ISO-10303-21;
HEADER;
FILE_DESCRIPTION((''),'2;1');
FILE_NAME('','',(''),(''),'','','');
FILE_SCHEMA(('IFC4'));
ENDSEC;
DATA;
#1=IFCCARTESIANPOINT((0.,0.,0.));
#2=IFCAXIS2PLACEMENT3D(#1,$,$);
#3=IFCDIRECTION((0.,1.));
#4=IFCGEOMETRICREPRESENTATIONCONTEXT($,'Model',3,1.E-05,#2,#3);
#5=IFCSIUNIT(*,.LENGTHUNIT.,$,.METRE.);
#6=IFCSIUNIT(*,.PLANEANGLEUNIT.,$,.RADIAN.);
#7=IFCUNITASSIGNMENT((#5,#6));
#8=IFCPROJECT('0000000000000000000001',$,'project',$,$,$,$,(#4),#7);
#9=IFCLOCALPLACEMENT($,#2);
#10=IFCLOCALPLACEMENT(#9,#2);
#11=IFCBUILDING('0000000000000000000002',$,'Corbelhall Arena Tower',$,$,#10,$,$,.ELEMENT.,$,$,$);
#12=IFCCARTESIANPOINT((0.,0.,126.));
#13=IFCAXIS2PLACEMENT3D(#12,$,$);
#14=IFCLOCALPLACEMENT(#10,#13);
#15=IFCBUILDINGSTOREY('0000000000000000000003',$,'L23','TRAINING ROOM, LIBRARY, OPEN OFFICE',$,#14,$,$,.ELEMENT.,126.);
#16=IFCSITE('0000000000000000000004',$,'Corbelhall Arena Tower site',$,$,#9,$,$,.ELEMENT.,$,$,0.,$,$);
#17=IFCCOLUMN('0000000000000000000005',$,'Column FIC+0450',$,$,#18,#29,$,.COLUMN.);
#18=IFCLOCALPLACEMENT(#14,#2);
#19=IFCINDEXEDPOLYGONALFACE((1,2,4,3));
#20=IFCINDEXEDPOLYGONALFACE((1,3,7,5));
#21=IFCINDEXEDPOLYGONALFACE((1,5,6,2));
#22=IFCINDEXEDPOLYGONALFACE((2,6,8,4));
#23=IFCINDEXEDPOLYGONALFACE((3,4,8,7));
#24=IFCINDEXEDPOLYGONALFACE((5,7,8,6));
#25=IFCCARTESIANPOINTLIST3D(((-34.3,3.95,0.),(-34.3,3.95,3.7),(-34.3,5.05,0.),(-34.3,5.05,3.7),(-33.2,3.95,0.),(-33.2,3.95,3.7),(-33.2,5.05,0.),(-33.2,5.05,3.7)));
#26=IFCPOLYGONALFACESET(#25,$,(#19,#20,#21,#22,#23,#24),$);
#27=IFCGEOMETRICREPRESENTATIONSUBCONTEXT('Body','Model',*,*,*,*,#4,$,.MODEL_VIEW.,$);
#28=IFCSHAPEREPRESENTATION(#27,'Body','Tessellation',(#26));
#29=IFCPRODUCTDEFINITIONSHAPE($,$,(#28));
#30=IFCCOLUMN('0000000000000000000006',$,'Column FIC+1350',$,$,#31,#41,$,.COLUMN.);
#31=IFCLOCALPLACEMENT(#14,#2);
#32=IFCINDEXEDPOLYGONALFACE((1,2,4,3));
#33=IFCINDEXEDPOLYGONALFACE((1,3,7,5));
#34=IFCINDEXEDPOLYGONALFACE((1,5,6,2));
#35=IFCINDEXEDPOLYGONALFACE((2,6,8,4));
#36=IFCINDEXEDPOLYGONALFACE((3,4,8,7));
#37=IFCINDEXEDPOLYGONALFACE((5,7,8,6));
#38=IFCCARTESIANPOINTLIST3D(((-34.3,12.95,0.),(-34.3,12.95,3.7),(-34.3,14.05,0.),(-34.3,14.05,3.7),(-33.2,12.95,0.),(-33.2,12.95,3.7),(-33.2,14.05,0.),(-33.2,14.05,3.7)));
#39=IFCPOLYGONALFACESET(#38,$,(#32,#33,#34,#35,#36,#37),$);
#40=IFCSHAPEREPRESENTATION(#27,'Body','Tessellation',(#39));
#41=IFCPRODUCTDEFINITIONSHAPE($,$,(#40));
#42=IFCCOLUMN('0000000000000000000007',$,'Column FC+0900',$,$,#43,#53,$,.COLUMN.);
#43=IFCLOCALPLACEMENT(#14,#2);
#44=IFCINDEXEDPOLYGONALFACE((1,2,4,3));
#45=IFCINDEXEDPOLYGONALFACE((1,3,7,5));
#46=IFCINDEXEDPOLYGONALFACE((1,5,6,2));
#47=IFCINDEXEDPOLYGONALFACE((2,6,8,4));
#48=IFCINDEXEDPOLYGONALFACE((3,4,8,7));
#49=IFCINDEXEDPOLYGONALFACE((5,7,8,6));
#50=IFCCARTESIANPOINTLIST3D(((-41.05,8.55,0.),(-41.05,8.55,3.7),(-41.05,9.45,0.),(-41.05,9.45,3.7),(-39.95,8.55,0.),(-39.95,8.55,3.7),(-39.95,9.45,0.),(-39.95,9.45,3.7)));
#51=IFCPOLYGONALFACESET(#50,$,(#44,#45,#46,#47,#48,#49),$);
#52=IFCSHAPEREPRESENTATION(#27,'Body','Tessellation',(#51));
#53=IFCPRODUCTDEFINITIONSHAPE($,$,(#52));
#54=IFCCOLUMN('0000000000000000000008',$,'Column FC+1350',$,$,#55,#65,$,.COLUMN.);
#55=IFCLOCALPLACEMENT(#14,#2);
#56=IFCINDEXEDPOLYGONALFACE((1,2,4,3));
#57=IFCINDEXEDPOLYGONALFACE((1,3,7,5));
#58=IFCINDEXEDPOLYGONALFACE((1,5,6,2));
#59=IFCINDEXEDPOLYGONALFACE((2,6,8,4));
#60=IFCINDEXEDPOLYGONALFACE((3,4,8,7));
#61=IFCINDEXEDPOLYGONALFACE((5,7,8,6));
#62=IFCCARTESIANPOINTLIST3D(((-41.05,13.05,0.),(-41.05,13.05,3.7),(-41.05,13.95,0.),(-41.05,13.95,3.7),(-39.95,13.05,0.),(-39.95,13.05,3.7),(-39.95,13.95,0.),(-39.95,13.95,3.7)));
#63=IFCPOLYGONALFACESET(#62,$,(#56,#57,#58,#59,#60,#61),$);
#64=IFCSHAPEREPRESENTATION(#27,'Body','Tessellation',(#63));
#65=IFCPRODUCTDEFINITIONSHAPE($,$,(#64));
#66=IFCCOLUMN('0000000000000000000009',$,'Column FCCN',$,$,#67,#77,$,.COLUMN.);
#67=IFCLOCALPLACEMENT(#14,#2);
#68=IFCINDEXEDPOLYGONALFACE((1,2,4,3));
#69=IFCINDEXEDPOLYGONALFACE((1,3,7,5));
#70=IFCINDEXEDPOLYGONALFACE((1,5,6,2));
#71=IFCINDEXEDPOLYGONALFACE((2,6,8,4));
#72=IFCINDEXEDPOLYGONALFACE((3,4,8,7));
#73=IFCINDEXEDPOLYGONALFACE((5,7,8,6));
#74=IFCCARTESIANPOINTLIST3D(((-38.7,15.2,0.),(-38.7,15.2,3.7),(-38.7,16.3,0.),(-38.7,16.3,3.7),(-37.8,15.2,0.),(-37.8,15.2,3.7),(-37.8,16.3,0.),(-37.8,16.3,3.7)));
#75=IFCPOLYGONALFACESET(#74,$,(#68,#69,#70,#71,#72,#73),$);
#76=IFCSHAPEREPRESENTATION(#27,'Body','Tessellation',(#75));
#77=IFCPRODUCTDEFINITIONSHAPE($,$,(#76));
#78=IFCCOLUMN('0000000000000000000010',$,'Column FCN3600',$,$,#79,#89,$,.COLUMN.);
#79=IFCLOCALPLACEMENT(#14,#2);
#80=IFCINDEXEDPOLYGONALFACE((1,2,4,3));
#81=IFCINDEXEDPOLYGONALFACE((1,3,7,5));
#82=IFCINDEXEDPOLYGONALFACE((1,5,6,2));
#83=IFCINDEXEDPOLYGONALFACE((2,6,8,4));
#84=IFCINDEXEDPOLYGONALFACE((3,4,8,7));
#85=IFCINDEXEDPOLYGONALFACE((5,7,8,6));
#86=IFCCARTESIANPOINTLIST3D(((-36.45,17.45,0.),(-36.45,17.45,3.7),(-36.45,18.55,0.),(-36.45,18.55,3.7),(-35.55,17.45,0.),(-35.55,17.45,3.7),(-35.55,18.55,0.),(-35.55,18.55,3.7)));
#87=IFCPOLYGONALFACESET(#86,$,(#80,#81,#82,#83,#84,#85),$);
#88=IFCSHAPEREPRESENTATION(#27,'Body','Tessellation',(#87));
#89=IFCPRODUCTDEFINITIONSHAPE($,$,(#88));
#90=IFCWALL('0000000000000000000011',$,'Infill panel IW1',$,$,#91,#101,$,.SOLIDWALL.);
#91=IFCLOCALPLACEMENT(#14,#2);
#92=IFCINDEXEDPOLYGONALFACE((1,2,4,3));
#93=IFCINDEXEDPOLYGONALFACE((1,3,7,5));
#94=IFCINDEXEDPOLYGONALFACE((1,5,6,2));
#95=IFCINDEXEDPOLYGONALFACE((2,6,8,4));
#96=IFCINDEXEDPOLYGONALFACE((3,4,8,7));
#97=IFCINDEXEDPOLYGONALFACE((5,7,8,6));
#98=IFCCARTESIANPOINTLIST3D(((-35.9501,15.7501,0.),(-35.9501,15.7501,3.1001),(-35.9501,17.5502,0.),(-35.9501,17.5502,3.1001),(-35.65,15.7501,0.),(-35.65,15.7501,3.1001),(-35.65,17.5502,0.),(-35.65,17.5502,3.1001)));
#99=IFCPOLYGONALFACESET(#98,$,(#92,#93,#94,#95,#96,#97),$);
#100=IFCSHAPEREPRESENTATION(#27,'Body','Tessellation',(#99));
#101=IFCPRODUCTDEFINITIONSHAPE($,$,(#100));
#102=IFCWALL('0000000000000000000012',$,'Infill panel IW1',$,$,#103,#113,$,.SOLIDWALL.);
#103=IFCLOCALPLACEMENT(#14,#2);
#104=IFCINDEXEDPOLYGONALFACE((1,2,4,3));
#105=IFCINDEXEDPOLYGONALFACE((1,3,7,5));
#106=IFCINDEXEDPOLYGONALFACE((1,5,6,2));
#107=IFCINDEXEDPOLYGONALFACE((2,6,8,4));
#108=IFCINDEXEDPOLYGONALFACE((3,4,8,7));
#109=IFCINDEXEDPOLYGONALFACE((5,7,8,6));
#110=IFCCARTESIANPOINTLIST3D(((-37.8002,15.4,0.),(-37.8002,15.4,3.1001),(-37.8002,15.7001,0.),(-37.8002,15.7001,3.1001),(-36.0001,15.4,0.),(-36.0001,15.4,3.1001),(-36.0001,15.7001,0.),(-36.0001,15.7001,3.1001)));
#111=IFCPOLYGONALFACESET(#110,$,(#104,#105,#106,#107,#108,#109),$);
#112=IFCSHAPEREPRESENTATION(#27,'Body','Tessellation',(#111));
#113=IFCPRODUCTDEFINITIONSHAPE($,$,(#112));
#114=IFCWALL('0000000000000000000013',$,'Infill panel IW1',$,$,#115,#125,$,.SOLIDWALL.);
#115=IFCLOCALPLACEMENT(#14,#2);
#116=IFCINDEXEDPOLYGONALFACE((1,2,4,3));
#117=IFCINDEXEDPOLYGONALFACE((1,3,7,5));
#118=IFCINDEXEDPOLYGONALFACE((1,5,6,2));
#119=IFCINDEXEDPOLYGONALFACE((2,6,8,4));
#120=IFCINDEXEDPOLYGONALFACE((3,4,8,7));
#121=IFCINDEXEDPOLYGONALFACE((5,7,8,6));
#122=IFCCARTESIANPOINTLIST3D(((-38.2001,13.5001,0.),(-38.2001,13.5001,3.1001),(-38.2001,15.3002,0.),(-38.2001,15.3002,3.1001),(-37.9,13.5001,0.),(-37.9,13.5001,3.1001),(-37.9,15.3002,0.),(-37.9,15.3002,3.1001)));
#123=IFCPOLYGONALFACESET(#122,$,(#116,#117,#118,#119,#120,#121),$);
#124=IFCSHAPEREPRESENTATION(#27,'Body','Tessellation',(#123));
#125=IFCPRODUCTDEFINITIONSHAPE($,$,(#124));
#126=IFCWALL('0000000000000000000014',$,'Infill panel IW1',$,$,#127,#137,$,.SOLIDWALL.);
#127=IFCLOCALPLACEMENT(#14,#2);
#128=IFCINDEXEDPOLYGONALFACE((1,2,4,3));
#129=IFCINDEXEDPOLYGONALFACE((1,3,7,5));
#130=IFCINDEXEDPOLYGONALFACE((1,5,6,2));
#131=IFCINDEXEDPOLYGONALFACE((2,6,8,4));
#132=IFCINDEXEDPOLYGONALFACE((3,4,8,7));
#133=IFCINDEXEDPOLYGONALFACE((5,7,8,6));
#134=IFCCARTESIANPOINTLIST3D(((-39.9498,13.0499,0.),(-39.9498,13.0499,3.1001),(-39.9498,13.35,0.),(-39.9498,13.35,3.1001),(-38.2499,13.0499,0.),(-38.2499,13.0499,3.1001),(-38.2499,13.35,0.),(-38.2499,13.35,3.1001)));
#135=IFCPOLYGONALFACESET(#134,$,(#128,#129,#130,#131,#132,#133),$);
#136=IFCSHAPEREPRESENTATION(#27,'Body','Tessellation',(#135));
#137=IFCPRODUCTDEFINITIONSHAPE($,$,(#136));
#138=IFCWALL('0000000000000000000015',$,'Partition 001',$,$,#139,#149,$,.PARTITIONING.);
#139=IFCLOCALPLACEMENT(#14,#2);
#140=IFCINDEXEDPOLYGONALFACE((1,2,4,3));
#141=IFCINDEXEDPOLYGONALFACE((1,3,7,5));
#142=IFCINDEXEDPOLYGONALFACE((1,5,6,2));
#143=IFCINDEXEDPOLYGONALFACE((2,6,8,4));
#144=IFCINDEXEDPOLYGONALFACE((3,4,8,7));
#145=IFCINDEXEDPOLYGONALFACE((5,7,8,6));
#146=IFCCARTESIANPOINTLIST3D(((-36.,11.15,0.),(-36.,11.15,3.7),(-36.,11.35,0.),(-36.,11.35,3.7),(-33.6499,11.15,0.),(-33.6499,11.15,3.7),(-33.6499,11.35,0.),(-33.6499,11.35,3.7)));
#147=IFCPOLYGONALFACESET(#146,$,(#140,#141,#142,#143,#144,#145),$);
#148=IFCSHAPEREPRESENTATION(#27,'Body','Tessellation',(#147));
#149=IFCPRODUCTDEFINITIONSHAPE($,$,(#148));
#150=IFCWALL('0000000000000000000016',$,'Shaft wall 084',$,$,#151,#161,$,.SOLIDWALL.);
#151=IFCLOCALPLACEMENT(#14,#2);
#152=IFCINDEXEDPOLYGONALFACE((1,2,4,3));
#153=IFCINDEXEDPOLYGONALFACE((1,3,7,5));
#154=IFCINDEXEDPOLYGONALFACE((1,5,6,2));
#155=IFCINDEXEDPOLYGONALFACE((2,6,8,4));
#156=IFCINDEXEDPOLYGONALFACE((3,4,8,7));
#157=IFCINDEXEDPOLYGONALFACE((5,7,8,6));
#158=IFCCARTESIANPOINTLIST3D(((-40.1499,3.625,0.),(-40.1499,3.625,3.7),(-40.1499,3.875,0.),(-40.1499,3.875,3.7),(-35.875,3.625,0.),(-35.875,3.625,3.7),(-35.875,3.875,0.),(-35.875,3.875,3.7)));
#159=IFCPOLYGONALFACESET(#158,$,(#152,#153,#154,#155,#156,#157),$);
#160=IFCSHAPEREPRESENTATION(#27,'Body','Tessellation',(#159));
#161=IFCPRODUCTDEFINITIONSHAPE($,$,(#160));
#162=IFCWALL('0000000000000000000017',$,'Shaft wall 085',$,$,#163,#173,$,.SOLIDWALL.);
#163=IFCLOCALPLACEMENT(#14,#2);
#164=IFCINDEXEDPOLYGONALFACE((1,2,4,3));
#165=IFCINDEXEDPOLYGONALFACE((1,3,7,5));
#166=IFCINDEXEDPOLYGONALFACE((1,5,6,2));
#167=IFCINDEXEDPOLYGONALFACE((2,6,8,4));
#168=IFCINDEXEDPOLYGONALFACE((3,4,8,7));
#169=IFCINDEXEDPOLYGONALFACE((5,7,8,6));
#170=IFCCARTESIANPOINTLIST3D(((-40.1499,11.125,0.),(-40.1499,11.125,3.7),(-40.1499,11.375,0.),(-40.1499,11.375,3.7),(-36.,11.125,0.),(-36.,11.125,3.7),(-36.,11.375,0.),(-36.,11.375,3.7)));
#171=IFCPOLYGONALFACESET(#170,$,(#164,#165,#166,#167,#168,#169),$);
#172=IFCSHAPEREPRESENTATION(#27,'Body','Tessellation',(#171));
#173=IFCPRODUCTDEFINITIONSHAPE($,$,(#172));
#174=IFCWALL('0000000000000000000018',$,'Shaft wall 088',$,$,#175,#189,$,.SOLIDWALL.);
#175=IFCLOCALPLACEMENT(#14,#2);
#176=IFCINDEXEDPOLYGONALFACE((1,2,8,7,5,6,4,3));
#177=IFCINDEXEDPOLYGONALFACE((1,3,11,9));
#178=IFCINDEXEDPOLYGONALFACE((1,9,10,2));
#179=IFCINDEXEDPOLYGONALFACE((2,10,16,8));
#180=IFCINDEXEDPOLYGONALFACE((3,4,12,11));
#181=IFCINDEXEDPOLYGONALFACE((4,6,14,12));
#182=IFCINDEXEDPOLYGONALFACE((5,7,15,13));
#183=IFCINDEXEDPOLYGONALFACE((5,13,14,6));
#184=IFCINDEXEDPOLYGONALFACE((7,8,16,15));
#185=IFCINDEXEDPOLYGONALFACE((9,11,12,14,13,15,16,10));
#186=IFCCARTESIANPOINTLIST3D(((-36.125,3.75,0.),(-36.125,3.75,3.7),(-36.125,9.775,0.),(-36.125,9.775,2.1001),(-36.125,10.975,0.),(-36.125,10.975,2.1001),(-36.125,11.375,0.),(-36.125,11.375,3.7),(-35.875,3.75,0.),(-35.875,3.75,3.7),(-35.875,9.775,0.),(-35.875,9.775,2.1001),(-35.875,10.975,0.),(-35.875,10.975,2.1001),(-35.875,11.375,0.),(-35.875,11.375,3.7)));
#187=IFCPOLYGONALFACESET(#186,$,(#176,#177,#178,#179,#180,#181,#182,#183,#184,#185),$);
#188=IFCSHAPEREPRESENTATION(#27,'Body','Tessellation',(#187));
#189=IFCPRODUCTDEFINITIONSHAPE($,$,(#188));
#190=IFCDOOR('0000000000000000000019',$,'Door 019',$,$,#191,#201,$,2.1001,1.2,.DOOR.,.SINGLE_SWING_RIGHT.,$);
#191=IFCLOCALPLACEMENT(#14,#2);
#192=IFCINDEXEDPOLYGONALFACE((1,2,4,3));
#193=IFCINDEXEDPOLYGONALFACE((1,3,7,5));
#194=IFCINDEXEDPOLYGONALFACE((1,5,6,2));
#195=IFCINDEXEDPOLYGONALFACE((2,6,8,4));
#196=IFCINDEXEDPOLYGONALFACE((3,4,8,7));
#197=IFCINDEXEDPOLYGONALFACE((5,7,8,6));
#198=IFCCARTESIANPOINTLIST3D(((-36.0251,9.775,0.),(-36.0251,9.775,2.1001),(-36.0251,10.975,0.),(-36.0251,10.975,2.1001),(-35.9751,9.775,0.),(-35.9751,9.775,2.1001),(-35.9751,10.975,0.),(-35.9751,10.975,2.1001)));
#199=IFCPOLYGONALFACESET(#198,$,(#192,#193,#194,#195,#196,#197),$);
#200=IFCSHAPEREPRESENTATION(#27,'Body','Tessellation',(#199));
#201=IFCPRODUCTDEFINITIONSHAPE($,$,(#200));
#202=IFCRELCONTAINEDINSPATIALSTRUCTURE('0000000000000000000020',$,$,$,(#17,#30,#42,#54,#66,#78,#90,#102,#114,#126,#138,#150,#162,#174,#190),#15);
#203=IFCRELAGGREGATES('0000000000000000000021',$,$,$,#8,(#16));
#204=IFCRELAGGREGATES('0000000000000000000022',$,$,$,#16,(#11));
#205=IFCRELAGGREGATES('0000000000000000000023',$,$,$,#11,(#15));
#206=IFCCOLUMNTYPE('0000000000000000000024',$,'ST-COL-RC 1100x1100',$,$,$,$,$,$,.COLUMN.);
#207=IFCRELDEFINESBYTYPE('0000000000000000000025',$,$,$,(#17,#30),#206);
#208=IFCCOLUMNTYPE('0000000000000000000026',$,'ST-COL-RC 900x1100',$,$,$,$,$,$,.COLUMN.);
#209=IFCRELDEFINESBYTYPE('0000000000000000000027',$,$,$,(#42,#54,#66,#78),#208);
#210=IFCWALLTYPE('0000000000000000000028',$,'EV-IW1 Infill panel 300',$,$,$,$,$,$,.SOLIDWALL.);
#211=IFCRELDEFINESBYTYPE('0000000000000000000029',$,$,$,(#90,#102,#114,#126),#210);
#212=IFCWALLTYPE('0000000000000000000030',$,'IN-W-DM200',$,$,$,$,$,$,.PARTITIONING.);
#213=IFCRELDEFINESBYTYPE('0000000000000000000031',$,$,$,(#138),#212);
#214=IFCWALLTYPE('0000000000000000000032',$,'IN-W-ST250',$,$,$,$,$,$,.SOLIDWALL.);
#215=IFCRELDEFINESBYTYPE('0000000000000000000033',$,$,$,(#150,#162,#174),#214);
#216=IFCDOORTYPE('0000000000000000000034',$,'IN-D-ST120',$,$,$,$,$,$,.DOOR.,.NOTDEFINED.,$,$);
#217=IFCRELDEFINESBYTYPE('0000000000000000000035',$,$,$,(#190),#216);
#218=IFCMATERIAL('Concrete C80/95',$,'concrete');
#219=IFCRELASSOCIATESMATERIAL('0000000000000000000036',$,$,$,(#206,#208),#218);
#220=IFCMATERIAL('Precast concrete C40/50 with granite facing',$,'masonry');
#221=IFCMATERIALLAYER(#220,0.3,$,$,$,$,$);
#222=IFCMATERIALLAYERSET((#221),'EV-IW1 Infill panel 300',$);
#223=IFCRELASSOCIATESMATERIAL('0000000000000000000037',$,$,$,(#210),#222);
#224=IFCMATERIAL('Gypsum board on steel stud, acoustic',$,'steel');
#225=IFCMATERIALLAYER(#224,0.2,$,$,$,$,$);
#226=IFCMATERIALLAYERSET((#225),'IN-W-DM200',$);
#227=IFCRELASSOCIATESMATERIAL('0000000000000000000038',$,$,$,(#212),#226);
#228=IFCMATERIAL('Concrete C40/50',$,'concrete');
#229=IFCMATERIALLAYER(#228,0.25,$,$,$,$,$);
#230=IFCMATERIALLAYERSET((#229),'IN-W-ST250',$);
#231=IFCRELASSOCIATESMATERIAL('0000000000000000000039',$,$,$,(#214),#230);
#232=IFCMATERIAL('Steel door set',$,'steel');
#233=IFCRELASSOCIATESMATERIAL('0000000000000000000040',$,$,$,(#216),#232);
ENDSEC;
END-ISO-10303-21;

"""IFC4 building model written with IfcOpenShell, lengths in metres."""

from ifc_helpers import new_model, si_unit, direction, frame, frame_2d, origin, origin_2d, place, context, subcontext, project, spatial, rectangle, extrude, material, layer, layer_set, material_profile, profile_set, type_object, element, fill, save


model = new_model("IFC4")

# Units and contexts
model_context = context("Model", 3, precision=1e-05, world=origin(), true_north=direction((0.0, 1.0)))
body_context = subcontext(model_context, "Body", "Model", "MODEL_VIEW")
ifc_project = project(units=[si_unit("LENGTHUNIT", "METRE"), si_unit("PLANEANGLEUNIT", "RADIAN")], contexts=[model_context])

# Site, building, storey
site_placement = place(None, origin())
site = spatial("IfcSite", under=ifc_project, at=site_placement, Name="Corbelhall Arena Tower site", CompositionType="ELEMENT", RefElevation=0.0)
building_placement = place(site_placement, origin())
building = spatial("IfcBuilding", under=site, at=building_placement, Name="Corbelhall Arena Tower", CompositionType="ELEMENT")
storey_placement = place(building_placement, frame((0.0, 0.0, 126.0)))
storey = spatial("IfcBuildingStorey", under=building, at=storey_placement, Name="L23", Description="TRAINING ROOM, LIBRARY, OPEN OFFICE", CompositionType="ELEMENT", Elevation=126.0)

# Columns
ifc_material_1 = material(Name="Concrete C80/95", Category="concrete")
ifc_material_profile_1 = material_profile(ifc_material_1, rectangle(XDim=1.1001, YDim=1.1001, at=origin_2d()))
ifc_profile_set_1 = profile_set([ifc_material_profile_1], Name="Concrete C80/95")
column_type_1 = type_object("IfcColumnType", Name="ST-COL-RC 1100x1100", PredefinedType="COLUMN", material=ifc_profile_set_1)
for number, where, z_axis, x_axis, name in (
    (1, (-33.75, 4.5, 0.0), (0.0, 0.0, 1.0), (1.0, 0.0, 0.0), "Column FIC+0450"),
    (2, (-33.75, 13.5, 0.0), (0.0, 0.0, 1.0), (1.0, 0.0, 0.0), "Column FIC+1350"),
):
    element("IfcColumn", number, at=place(storey_placement, frame(where, z_axis=z_axis, x_axis=x_axis)), inside=storey, type_object=column_type_1, Name=name, PredefinedType="COLUMN", context=body_context, shape_type="SweptSolid", body=[
        extrude(rectangle(XDim=1.1001, YDim=1.1001, at=origin_2d()), origin(), (0.0, 0.0, 1.0), 3.7),
    ])
ifc_material_profile_2 = material_profile(ifc_material_1, rectangle(XDim=0.8999, YDim=1.1001, at=origin_2d()))
ifc_profile_set_2 = profile_set([ifc_material_profile_2], Name="Concrete C80/95")
column_type_2 = type_object("IfcColumnType", Name="ST-COL-RC 900x1100", PredefinedType="COLUMN", material=ifc_profile_set_2)
for number, where, z_axis, x_axis, name in (
    (3, (-40.5, 9.0, 0.0), (0.0, 0.0, 1.0), (0.0, 1.0, 0.0), "Column FC+0900"),
    (4, (-40.5, 13.5, 0.0), (0.0, 0.0, 1.0), (0.0, 1.0, 0.0), "Column FC+1350"),
    (5, (-38.25, 15.75, 0.0), (0.0, 0.0, 1.0), (1.0, 0.0, 0.0), "Column FCCN"),
    (6, (-36.0, 18.0, 0.0), (0.0, 0.0, 1.0), (1.0, 0.0, 0.0), "Column FCN3600"),
):
    element("IfcColumn", number, at=place(storey_placement, frame(where, z_axis=z_axis, x_axis=x_axis)), inside=storey, type_object=column_type_2, Name=name, PredefinedType="COLUMN", context=body_context, shape_type="SweptSolid", body=[
        extrude(rectangle(XDim=0.8999, YDim=1.1001, at=origin_2d()), origin(), (0.0, 0.0, 1.0), 3.7),
    ])

# Walls
ifc_material_2 = material(Name="Precast concrete C40/50 with granite facing", Category="masonry")
ifc_layer_1 = layer(ifc_material_2, 0.3)
ifc_layer_set_1 = layer_set([ifc_layer_1], Name="EV-IW1 Infill panel 300")
wall_type_1 = type_object("IfcWallType", Name="EV-IW1 Infill panel 300", PredefinedType="SOLIDWALL", material=ifc_layer_set_1)
for number, where, z_axis, x_axis, name in (
    (7, (-35.8, 17.55, 0.0), (0.0, 0.0, 1.0), (0.0, -1.0, 0.0), "Infill panel IW1"),
    (8, (-37.8, 15.55, 0.0), (0.0, 0.0, 1.0), (1.0, 0.0, 0.0), "Infill panel IW1"),
    (9, (-38.05, 15.3, 0.0), (0.0, 0.0, 1.0), (0.0, -1.0, 0.0), "Infill panel IW1"),
):
    element("IfcWall", number, at=place(storey_placement, frame(where, z_axis=z_axis, x_axis=x_axis)), inside=storey, type_object=wall_type_1, Name=name, PredefinedType="SOLIDWALL", context=body_context, shape_type="SweptSolid", body=[
        extrude(rectangle(XDim=1.8, YDim=0.3, at=frame_2d((0.8999, 0.0))), origin(), (0.0, 0.0, 1.0), 3.1001),
    ])
wall_1_placement = place(storey_placement, frame((-39.95, 13.2, 0.0), z_axis=(0.0, 0.0, 1.0), x_axis=(1.0, 0.0, 0.0)))
element("IfcWall", 10, at=wall_1_placement, inside=storey, type_object=wall_type_1, Name="Infill panel IW1", PredefinedType="SOLIDWALL", context=body_context, shape_type="SweptSolid", body=[
    extrude(rectangle(XDim=1.7, YDim=0.3, at=frame_2d((0.8501, 0.0))), origin(), (0.0, 0.0, 1.0), 3.1001),
])

# Wall
ifc_material_3 = material(Name="Gypsum board on steel stud, acoustic", Category="steel")
ifc_layer_2 = layer(ifc_material_3, 0.2)
ifc_layer_set_2 = layer_set([ifc_layer_2], Name="IN-W-DM200")
wall_type_2 = type_object("IfcWallType", Name="IN-W-DM200", PredefinedType="PARTITIONING", material=ifc_layer_set_2)
wall_2_placement = place(storey_placement, frame((-36.0, 11.25, 0.0), z_axis=(0.0, 0.0, 1.0), x_axis=(1.0, 0.0, 0.0)))
element("IfcWall", 11, at=wall_2_placement, inside=storey, type_object=wall_type_2, Name="Partition 001", PredefinedType="PARTITIONING", context=body_context, shape_type="SweptSolid", body=[
    extrude(rectangle(XDim=2.3501, YDim=0.2, at=frame_2d((1.175, 0.0))), origin(), (0.0, 0.0, 1.0), 3.7),
])

# Shared definitions
ifc_material_4 = material(Name="Steel door set", Category="steel")

# Walls
ifc_material_5 = material(Name="Concrete C40/50", Category="concrete")
ifc_layer_3 = layer(ifc_material_5, 0.25)
ifc_layer_set_3 = layer_set([ifc_layer_3], Name="IN-W-ST250")
wall_type_3 = type_object("IfcWallType", Name="IN-W-ST250", PredefinedType="SOLIDWALL", material=ifc_layer_set_3)
wall_3_placement = place(storey_placement, frame((-40.1499, 3.75, 0.0), z_axis=(0.0, 0.0, 1.0), x_axis=(1.0, 0.0, 0.0)))
element("IfcWall", 12, at=wall_3_placement, inside=storey, type_object=wall_type_3, Name="Shaft wall 084", PredefinedType="SOLIDWALL", context=body_context, shape_type="SweptSolid", body=[
    extrude(rectangle(XDim=4.2749, YDim=0.25, at=frame_2d((2.1375, 0.0))), origin(), (0.0, 0.0, 1.0), 3.7),
])
wall_4_placement = place(storey_placement, frame((-40.1499, 11.25, 0.0), z_axis=(0.0, 0.0, 1.0), x_axis=(1.0, 0.0, 0.0)))
element("IfcWall", 13, at=wall_4_placement, inside=storey, type_object=wall_type_3, Name="Shaft wall 085", PredefinedType="SOLIDWALL", context=body_context, shape_type="SweptSolid", body=[
    extrude(rectangle(XDim=4.1499, YDim=0.25, at=frame_2d((2.075, 0.0))), origin(), (0.0, 0.0, 1.0), 3.7),
])

# Wall, opening, door
wall_5_placement = place(storey_placement, frame((-36.0, 11.375, 0.0), z_axis=(0.0, 0.0, 1.0), x_axis=(0.0, -1.0, 0.0)))
wall_5 = element("IfcWall", 14, at=wall_5_placement, inside=storey, type_object=wall_type_3, Name="Shaft wall 088", PredefinedType="SOLIDWALL", context=body_context, shape_type="SweptSolid", body=[
    extrude(rectangle(XDim=7.625, YDim=0.25, at=frame_2d((3.8125, 0.0))), origin(), (0.0, 0.0, 1.0), 3.7),
])
opening_1_placement = place(wall_5_placement, frame((0.3999, 0.0, 0.0)))
opening_1 = element("IfcOpeningElement", 15, at=opening_1_placement, cuts=wall_5, PredefinedType="OPENING", context=body_context, shape_type="SweptSolid", body=[
    extrude(rectangle(XDim=1.2, YDim=2.1001, at=frame_2d((0.6001, 1.05))), frame((0.0, 0.125, 0.0), z_axis=(0.0, -1.0, 0.0), x_axis=(1.0, 0.0, 0.0)), (0.0, 0.0, 1.0), 0.25),
])
door_type_1 = type_object("IfcDoorType", Name="IN-D-ST120", OperationType="NOTDEFINED", PredefinedType="DOOR", material=ifc_material_4)
door_1_placement = place(opening_1_placement, origin())
door_1 = element("IfcDoor", 16, at=door_1_placement, inside=storey, type_object=door_type_1, Name="Door 019", OperationType="SINGLE_SWING_RIGHT", OverallHeight=2.1001, OverallWidth=1.2, PredefinedType="DOOR", context=body_context, shape_type="SweptSolid", body=[
    extrude(rectangle(XDim=1.2, YDim=2.1001, at=frame_2d((0.6001, 1.05))), frame((0.0, 0.0249, 0.0), z_axis=(0.0, -1.0, 0.0), x_axis=(1.0, 0.0, 0.0)), (0.0, 0.0, 1.0), 0.05),
])
fill(opening_1, door_1)

save(model, "model.ifc")
